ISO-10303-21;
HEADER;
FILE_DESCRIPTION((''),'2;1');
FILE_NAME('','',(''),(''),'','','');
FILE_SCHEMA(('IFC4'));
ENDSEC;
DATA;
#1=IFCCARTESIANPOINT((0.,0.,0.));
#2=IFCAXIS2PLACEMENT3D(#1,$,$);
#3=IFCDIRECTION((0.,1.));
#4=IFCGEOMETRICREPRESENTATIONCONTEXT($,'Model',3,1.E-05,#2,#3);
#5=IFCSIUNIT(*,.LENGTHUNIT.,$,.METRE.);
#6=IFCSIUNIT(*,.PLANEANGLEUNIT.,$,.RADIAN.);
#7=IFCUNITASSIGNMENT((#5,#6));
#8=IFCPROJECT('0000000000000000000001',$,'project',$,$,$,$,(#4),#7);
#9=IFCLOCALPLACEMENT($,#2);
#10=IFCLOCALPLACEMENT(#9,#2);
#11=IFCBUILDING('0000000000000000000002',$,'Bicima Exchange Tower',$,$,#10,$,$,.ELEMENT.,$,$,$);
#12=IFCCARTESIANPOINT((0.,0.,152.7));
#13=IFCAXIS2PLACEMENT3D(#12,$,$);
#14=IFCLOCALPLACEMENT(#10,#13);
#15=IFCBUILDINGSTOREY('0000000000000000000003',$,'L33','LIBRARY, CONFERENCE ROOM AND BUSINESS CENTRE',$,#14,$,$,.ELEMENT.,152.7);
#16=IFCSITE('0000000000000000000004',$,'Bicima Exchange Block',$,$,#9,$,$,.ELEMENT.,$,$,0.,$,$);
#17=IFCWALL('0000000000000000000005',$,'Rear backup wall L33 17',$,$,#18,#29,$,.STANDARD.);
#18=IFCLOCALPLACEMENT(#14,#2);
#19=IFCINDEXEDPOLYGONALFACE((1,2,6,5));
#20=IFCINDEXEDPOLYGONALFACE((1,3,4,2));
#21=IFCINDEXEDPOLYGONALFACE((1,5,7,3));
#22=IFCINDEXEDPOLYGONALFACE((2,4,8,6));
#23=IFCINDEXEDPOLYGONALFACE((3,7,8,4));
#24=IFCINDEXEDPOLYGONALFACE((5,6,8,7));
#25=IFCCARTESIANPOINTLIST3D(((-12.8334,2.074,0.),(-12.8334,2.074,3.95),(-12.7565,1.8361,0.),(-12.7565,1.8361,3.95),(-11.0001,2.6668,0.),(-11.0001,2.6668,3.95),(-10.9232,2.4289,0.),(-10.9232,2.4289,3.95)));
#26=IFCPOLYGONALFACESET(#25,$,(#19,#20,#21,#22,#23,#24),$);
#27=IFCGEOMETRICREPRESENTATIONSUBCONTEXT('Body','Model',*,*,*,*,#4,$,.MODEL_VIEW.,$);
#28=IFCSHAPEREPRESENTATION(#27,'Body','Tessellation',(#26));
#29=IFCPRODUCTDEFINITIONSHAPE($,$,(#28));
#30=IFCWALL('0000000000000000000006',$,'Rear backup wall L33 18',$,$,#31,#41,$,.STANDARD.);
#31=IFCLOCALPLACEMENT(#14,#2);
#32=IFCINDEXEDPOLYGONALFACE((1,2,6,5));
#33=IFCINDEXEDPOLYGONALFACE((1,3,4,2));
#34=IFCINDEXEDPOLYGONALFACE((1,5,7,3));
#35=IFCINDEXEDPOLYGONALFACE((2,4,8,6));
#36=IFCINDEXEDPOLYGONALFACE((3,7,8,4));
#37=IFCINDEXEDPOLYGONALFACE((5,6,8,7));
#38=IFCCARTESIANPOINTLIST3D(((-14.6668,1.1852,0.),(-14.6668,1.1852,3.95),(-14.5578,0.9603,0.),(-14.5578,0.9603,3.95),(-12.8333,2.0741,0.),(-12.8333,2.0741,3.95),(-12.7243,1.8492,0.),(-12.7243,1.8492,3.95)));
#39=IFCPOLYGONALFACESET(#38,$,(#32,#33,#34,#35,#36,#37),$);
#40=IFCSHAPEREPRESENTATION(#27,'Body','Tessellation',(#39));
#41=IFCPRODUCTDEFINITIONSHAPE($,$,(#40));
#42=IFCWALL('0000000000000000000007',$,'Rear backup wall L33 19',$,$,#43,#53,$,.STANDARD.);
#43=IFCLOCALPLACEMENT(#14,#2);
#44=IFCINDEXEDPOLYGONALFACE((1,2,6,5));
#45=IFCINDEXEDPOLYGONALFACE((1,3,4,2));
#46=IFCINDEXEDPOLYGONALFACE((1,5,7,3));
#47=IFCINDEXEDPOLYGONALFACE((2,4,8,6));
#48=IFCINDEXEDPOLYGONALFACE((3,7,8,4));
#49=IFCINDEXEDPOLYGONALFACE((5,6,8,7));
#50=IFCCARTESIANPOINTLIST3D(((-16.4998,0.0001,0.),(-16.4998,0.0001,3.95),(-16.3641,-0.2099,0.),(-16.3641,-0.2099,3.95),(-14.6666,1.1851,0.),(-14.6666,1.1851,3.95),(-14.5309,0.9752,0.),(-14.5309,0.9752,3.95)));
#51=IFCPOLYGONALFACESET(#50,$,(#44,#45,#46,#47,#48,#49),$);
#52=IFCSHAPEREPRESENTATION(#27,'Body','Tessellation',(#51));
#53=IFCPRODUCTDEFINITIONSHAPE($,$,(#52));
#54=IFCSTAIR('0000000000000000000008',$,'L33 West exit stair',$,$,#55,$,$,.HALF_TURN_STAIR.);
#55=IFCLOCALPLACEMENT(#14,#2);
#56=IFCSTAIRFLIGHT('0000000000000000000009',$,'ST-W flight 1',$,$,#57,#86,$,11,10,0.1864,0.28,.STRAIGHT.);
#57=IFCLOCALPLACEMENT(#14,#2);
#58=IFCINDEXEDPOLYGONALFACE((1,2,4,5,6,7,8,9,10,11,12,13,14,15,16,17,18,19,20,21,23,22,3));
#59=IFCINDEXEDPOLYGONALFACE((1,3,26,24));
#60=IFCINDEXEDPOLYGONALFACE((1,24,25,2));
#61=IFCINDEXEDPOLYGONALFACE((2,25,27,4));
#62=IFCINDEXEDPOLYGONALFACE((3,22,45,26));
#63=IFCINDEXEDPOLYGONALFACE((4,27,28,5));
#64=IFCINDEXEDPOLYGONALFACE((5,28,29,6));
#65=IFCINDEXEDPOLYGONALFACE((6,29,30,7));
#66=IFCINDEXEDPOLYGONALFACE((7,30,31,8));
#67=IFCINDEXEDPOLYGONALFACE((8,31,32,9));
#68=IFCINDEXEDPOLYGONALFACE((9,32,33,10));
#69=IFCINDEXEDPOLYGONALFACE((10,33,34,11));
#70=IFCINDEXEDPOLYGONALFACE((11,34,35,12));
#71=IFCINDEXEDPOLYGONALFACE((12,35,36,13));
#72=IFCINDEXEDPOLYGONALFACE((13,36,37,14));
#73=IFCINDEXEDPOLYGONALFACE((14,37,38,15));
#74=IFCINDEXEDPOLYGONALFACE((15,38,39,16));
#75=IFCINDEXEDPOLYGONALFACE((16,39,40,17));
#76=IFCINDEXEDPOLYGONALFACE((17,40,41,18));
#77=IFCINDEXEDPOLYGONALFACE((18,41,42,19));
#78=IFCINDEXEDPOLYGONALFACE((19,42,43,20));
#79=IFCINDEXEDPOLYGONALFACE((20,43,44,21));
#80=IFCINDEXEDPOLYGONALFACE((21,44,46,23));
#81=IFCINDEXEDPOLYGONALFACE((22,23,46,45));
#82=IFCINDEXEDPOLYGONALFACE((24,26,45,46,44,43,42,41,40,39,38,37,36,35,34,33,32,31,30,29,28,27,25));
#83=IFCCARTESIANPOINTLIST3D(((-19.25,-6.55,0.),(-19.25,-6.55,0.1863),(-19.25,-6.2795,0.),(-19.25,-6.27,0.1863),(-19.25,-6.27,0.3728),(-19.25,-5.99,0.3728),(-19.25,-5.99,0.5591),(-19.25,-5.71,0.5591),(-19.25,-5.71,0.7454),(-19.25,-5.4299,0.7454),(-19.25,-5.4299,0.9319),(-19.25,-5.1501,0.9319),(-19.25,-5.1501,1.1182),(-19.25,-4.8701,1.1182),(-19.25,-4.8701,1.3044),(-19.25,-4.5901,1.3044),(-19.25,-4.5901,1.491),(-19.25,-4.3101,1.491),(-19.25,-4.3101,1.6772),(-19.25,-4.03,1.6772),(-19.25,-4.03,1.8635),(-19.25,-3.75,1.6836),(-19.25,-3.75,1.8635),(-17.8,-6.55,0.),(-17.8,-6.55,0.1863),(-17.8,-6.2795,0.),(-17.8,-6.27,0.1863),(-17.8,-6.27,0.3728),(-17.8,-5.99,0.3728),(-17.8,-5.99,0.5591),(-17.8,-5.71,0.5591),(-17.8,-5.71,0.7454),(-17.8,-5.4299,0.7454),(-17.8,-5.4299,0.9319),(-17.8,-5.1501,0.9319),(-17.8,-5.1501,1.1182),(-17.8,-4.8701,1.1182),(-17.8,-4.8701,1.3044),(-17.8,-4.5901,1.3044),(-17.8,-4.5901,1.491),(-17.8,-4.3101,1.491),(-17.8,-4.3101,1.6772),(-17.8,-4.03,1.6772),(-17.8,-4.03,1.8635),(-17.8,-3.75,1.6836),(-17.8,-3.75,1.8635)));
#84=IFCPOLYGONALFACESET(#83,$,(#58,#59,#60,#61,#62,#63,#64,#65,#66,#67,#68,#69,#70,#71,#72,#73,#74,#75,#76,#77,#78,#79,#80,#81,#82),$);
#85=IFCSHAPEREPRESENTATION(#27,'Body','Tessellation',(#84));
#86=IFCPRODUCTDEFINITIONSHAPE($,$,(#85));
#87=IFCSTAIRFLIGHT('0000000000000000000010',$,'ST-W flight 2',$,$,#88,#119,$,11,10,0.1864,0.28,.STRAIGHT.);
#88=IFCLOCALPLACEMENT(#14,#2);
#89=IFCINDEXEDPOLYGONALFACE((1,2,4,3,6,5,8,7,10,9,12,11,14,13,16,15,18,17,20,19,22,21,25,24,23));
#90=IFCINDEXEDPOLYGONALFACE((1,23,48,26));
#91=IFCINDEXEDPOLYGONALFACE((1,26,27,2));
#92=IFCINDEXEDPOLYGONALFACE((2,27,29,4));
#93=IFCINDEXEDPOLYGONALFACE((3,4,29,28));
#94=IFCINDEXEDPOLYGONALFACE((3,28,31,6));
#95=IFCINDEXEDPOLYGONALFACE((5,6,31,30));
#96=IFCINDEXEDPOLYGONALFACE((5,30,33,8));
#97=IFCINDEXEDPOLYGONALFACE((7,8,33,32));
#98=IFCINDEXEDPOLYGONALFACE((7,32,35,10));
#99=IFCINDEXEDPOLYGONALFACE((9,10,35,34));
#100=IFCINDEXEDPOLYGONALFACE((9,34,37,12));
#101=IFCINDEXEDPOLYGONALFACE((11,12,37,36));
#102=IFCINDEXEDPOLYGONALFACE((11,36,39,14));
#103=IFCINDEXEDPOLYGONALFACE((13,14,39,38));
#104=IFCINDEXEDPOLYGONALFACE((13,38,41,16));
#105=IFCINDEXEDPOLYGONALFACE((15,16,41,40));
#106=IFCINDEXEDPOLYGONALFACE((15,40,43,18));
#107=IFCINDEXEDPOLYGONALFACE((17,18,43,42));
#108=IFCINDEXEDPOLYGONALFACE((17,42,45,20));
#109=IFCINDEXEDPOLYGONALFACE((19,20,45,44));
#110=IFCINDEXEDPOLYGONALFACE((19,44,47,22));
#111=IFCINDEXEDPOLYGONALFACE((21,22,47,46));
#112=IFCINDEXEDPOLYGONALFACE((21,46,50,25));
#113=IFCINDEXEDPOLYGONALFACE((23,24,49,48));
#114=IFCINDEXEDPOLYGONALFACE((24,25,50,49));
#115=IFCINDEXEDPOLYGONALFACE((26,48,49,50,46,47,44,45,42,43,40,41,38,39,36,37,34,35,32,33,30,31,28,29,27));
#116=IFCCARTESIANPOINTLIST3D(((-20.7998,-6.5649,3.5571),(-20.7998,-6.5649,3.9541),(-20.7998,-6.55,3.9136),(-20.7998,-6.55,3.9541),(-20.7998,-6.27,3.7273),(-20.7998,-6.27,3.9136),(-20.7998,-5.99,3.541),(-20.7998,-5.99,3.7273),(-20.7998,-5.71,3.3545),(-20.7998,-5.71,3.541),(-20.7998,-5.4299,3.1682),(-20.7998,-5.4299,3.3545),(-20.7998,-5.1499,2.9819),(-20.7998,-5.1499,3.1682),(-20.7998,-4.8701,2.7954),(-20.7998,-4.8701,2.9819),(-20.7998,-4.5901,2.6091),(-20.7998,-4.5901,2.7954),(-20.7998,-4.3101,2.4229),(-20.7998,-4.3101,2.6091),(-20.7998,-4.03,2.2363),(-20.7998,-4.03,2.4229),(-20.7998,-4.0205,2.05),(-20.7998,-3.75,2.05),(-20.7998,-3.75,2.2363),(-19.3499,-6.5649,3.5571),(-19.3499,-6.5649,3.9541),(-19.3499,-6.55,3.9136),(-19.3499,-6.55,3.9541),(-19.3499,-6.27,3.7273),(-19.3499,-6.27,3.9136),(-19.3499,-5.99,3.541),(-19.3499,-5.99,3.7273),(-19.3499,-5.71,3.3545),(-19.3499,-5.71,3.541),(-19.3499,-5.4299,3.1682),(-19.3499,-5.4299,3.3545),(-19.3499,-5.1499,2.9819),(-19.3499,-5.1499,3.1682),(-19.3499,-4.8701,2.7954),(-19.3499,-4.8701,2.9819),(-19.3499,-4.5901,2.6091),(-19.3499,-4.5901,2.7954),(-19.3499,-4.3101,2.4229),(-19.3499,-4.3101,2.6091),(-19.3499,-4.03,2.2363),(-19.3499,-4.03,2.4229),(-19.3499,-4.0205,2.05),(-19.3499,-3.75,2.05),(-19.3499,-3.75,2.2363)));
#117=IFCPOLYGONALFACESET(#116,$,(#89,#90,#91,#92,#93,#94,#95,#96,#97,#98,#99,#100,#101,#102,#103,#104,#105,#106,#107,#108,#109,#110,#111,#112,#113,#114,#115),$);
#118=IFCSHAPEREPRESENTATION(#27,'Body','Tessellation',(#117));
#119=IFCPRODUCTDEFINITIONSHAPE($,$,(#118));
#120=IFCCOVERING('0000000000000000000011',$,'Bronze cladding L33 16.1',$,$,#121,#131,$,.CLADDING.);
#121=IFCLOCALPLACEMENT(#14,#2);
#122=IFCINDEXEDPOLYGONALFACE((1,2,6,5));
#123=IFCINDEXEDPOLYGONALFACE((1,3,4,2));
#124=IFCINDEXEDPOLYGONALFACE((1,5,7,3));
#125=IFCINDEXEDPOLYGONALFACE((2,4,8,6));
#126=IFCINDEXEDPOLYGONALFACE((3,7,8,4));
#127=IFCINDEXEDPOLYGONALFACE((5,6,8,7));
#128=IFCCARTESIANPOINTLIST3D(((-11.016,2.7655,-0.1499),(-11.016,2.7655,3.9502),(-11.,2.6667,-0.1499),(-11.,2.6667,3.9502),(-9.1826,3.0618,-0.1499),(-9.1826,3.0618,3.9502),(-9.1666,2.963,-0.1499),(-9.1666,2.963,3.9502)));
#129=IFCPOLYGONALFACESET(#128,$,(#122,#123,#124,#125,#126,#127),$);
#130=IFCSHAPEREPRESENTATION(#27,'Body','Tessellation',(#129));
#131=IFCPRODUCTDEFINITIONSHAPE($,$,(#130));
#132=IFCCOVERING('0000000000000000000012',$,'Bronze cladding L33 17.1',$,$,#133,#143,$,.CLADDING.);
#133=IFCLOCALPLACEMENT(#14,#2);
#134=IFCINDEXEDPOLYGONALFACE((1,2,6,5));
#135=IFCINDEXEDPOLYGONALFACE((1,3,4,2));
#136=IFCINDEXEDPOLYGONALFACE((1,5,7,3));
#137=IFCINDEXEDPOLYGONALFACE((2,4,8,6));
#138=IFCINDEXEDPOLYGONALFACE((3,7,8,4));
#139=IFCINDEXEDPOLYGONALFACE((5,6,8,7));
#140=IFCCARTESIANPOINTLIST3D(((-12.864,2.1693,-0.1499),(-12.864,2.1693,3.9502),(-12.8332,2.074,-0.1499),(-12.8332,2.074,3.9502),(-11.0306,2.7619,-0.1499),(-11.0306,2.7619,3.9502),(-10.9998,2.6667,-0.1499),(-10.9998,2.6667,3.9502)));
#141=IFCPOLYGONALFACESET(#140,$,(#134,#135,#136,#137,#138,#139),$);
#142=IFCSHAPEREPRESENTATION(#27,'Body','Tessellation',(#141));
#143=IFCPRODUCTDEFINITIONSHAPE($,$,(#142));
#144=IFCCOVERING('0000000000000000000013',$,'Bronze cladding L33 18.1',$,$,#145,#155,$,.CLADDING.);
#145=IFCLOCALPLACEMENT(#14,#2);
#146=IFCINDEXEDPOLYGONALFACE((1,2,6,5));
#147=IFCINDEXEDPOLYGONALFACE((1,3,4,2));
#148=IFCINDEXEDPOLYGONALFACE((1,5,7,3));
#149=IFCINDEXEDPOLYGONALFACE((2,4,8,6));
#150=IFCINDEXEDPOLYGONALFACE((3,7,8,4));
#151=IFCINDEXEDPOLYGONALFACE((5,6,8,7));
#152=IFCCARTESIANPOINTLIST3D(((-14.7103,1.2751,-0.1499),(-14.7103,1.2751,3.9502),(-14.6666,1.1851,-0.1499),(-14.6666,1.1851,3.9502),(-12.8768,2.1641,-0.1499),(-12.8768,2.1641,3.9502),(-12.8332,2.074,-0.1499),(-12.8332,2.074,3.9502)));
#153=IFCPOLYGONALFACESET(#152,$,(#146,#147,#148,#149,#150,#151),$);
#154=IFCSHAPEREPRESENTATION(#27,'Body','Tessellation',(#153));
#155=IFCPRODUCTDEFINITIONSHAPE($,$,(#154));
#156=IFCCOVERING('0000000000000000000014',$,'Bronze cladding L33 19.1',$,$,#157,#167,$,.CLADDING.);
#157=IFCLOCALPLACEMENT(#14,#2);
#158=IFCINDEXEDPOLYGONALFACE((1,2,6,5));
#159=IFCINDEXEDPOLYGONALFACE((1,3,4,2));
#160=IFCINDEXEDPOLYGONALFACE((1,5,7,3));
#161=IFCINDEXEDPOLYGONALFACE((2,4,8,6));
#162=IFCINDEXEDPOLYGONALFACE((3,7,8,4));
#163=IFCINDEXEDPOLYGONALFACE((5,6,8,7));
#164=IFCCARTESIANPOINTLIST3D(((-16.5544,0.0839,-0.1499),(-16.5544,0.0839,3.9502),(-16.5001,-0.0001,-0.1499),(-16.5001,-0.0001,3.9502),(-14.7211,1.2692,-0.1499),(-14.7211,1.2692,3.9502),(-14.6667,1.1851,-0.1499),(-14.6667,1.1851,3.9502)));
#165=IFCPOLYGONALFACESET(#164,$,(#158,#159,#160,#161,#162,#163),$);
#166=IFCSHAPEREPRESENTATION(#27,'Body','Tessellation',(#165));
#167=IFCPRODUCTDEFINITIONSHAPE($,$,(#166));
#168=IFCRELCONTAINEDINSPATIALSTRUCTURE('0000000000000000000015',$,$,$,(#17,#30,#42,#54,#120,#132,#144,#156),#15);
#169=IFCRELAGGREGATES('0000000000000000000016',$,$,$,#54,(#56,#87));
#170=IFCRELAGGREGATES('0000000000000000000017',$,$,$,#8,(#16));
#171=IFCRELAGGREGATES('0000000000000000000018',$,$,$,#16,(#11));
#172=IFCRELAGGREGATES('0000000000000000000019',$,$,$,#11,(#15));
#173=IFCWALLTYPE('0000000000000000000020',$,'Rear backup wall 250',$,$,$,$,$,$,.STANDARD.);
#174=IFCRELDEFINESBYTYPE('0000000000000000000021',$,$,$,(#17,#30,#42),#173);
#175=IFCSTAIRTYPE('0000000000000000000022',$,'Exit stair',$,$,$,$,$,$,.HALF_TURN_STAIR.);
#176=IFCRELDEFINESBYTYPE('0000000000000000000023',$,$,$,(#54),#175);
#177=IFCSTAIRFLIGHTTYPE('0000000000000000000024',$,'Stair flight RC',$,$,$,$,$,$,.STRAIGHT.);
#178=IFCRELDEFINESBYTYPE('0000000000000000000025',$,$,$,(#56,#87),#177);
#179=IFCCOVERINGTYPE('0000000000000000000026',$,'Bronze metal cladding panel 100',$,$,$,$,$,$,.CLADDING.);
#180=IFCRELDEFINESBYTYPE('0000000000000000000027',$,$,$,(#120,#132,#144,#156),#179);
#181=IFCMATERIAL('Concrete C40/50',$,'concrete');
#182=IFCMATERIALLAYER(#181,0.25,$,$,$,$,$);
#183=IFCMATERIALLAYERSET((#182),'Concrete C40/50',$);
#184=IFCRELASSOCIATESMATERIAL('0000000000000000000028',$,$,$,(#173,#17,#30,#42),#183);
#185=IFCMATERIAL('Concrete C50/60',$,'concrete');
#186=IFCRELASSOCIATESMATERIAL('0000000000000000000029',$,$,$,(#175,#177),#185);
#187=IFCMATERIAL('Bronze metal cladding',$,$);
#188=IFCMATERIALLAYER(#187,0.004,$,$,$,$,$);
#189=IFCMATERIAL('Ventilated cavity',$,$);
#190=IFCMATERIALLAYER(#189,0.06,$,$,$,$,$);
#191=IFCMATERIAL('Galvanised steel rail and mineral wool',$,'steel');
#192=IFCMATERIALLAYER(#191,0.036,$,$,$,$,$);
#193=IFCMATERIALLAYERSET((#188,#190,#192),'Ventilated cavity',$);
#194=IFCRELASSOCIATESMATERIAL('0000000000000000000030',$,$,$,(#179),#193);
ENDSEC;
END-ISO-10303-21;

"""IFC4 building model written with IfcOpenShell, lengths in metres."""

from ifc_helpers import new_model, si_unit, direction, frame, frame_2d, origin, origin_2d, place, context, subcontext, project, spatial, polyline, rectangle, outline, extrude, material, layer, layer_set, layer_usage, type_object, element, aggregate, save


model = new_model("IFC4")

# Units and contexts
model_context = context("Model", 3, precision=1e-05, world=origin(), true_north=direction((0.0, 1.0)))
body_context = subcontext(model_context, "Body", "Model", "MODEL_VIEW")
ifc_project = project(units=[si_unit("LENGTHUNIT", "METRE"), si_unit("PLANEANGLEUNIT", "RADIAN")], contexts=[model_context])

# Site, building, storey
site_placement = place(None, origin())
site = spatial("IfcSite", under=ifc_project, at=site_placement, Name="Bicima Exchange Block", CompositionType="ELEMENT", RefElevation=0.0)
building_placement = place(site_placement, origin())
building = spatial("IfcBuilding", under=site, at=building_placement, Name="Bicima Exchange Tower", CompositionType="ELEMENT")
storey_placement = place(building_placement, frame((0.0, 0.0, 152.7)))
storey = spatial("IfcBuildingStorey", under=building, at=storey_placement, Name="L33", Description="LIBRARY, CONFERENCE ROOM AND BUSINESS CENTRE", CompositionType="ELEMENT", Elevation=152.7)

# Shared definitions
ifc_material_1 = material(Name="Concrete C50/60", Category="concrete")

# Walls
ifc_material_2 = material(Name="Concrete C40/50", Category="concrete")
ifc_layer_1 = layer(ifc_material_2, 0.25)
ifc_layer_set_1 = layer_set([ifc_layer_1], Name="Concrete C40/50")
ifc_layer_usage = layer_usage(ifc_layer_set_1, "AXIS2", "POSITIVE", -0.125)
wall_type_1 = type_object("IfcWallType", Name="Rear backup wall 250", PredefinedType="STANDARD", material=ifc_layer_set_1)
wall_1_placement = place(storey_placement, frame((-10.9617, 2.5479, 0.0), z_axis=(0.0, 0.0, 1.0), x_axis=(-0.951496, -0.307662, 0.0)))
element("IfcWall", 1, at=wall_1_placement, inside=storey, type_object=wall_type_1, material=ifc_layer_usage, Name="Rear backup wall L33 17", PredefinedType="STANDARD", context=body_context, shape_type="SweptSolid", body=[
    extrude(rectangle(XDim=1.9268, YDim=0.25, at=frame_2d((0.9634, 0.0))), origin(), (0.0, 0.0, 1.0), 3.95),
])
wall_2_placement = place(storey_placement, frame((-12.7788, 1.9617, 0.0), z_axis=(0.0, 0.0, 1.0), x_axis=(-0.899824, -0.436253, 0.0)))
element("IfcWall", 2, at=wall_2_placement, inside=storey, type_object=wall_type_1, material=ifc_layer_usage, Name="Rear backup wall L33 18", PredefinedType="STANDARD", context=body_context, shape_type="SweptSolid", body=[
    extrude(rectangle(XDim=2.0376, YDim=0.25, at=frame_2d((1.0188, 0.0))), origin(), (0.0, 0.0, 1.0), 3.95),
])
wall_3_placement = place(storey_placement, frame((-14.5989, 1.0801, 0.0), z_axis=(0.0, 0.0, 1.0), x_axis=(-0.839813, -0.542876, 0.0)))
element("IfcWall", 3, at=wall_3_placement, inside=storey, type_object=wall_type_1, material=ifc_layer_usage, Name="Rear backup wall L33 19", PredefinedType="STANDARD", context=body_context, shape_type="SweptSolid", body=[
    extrude(rectangle(XDim=2.1829, YDim=0.25, at=frame_2d((1.0913, 0.0))), origin(), (0.0, 0.0, 1.0), 3.95),
])

# Stair, stair flights
stair_type = type_object("IfcStairType", Name="Exit stair", PredefinedType="HALF_TURN_STAIR", material=ifc_material_1)
stair_placement = place(storey_placement, origin())
stair = element("IfcStair", 4, at=stair_placement, inside=storey, type_object=stair_type, Name="L33 West exit stair", PredefinedType="HALF_TURN_STAIR")
stair_flight_type = type_object("IfcStairFlightType", Name="Stair flight RC", PredefinedType="STRAIGHT", material=ifc_material_1)
stair_flight_1_placement = place(storey_placement, frame((-18.5249, -6.55, 0.0), z_axis=(0.0, 0.0, 1.0), x_axis=(0.0, 1.0, 0.0)))
stair_flight_1 = element("IfcStairFlight", 5, at=stair_flight_1_placement, type_object=stair_flight_type, Name="ST-W flight 1", NumberOfRisers=11, NumberOfTreads=10, PredefinedType="STRAIGHT", RiserHeight=0.1864, TreadLength=0.28, context=body_context, shape_type="SweptSolid", body=[
    extrude(outline(polyline([(0.0, 0.0), (0.0, 0.1863), (0.28, 0.1863), (0.28, 0.3728), (0.5601, 0.3728), (0.5601, 0.5591), (0.8401, 0.5591), (0.8401, 0.7454), (1.1201, 0.7454), (1.1201, 0.9319), (1.3999, 0.9319), (1.3999, 1.1182), (1.6799, 1.1182), (1.6799, 1.3044), (1.96, 1.3044), (1.96, 1.491), (2.24, 1.491), (2.24, 1.6772), (2.52, 1.6772), (2.52, 1.8635), (2.8, 1.8635), (2.8, 2.05), (2.8, 1.6836), (0.2705, 0.0), (0.0, 0.0)])), frame((0.0, 0.7251, 0.0), z_axis=(0.0, -1.0, 0.0), x_axis=(1.0, 0.0, 0.0)), (0.0, 0.0, 1.0), 1.45),
])
stair_flight_2_placement = place(storey_placement, frame((-20.075, -3.75, 2.05), z_axis=(0.0, 0.0, 1.0), x_axis=(0.0, -1.0, 0.0)))
stair_flight_2 = element("IfcStairFlight", 6, at=stair_flight_2_placement, type_object=stair_flight_type, Name="ST-W flight 2", NumberOfRisers=11, NumberOfTreads=10, PredefinedType="STRAIGHT", RiserHeight=0.1864, TreadLength=0.28, context=body_context, shape_type="SweptSolid", body=[
    extrude(outline(polyline([(0.0, 0.0), (0.0, 0.1863), (0.28, 0.1863), (0.28, 0.3728), (0.5601, 0.3728), (0.5601, 0.5591), (0.8401, 0.5591), (0.8401, 0.7454), (1.1201, 0.7454), (1.1201, 0.9319), (1.3999, 0.9319), (1.3999, 1.1182), (1.6799, 1.1182), (1.6799, 1.3044), (1.96, 1.3044), (1.96, 1.491), (2.24, 1.491), (2.24, 1.6772), (2.52, 1.6772), (2.52, 1.8635), (2.8, 1.8635), (2.8, 1.9041), (2.8149, 1.9041), (2.8149, 1.5071), (0.2705, 0.0), (0.0, 0.0)])), frame((0.0, 0.7251, 0.0), z_axis=(0.0, -1.0, 0.0), x_axis=(1.0, 0.0, 0.0)), (0.0, 0.0, 1.0), 1.45),
])
aggregate(stair, [stair_flight_1, stair_flight_2])

# Coverings
ifc_material_3 = material(Name="Bronze metal cladding")
ifc_layer_2 = layer(ifc_material_3, 0.004)
ifc_material_4 = material(Name="Ventilated cavity")
ifc_layer_3 = layer(ifc_material_4, 0.06)
ifc_material_5 = material(Name="Galvanised steel rail and mineral wool", Category="steel")
ifc_layer_4 = layer(ifc_material_5, 0.036)
ifc_layer_set_2 = layer_set([ifc_layer_2, ifc_layer_3, ifc_layer_4], Name="Ventilated cavity")
covering_type = type_object("IfcCoveringType", Name="Bronze metal cladding panel 100", PredefinedType="CLADDING", material=ifc_layer_set_2)
covering_1_placement = place(storey_placement, frame((-10.0913, 2.8643, -0.1499), z_axis=(0.0, 0.0, 1.0), x_axis=(-0.98719, -0.15955, 0.0)))
element("IfcCovering", 7, at=covering_1_placement, inside=storey, type_object=covering_type, Name="Bronze cladding L33 16.1", PredefinedType="CLADDING", context=body_context, shape_type="SweptSolid", body=[
    extrude(rectangle(XDim=1.8572, YDim=0.1001, at=origin_2d()), origin(), (0.0, 0.0, 1.0), 4.1001),
])
covering_2_placement = place(storey_placement, frame((-11.9319, 2.418, -0.1499), z_axis=(0.0, 0.0, 1.0), x_axis=(-0.951525, -0.307573, 0.0)))
element("IfcCovering", 8, at=covering_2_placement, inside=storey, type_object=covering_type, Name="Bronze cladding L33 17.1", PredefinedType="CLADDING", context=body_context, shape_type="SweptSolid", body=[
    extrude(rectangle(XDim=1.9268, YDim=0.1001, at=origin_2d()), origin(), (0.0, 0.0, 1.0), 4.1001),
])
covering_3_placement = place(storey_placement, frame((-13.7717, 1.6746, -0.1499), z_axis=(0.0, 0.0, 1.0), x_axis=(-0.899818, -0.436265, 0.0)))
element("IfcCovering", 9, at=covering_3_placement, inside=storey, type_object=covering_type, Name="Bronze cladding L33 18.1", PredefinedType="CLADDING", context=body_context, shape_type="SweptSolid", body=[
    extrude(rectangle(XDim=2.0376, YDim=0.1001, at=origin_2d()), origin(), (0.0, 0.0, 1.0), 4.1001),
])
covering_4_placement = place(storey_placement, frame((-15.6106, 0.6345, -0.1499), z_axis=(0.0, 0.0, 1.0), x_axis=(-0.83979, -0.542911, 0.0)))
element("IfcCovering", 10, at=covering_4_placement, inside=storey, type_object=covering_type, Name="Bronze cladding L33 19.1", PredefinedType="CLADDING", context=body_context, shape_type="SweptSolid", body=[
    extrude(rectangle(XDim=2.1831, YDim=0.1001, at=origin_2d()), origin(), (0.0, 0.0, 1.0), 4.1001),
])

save(model, "model.ifc")
